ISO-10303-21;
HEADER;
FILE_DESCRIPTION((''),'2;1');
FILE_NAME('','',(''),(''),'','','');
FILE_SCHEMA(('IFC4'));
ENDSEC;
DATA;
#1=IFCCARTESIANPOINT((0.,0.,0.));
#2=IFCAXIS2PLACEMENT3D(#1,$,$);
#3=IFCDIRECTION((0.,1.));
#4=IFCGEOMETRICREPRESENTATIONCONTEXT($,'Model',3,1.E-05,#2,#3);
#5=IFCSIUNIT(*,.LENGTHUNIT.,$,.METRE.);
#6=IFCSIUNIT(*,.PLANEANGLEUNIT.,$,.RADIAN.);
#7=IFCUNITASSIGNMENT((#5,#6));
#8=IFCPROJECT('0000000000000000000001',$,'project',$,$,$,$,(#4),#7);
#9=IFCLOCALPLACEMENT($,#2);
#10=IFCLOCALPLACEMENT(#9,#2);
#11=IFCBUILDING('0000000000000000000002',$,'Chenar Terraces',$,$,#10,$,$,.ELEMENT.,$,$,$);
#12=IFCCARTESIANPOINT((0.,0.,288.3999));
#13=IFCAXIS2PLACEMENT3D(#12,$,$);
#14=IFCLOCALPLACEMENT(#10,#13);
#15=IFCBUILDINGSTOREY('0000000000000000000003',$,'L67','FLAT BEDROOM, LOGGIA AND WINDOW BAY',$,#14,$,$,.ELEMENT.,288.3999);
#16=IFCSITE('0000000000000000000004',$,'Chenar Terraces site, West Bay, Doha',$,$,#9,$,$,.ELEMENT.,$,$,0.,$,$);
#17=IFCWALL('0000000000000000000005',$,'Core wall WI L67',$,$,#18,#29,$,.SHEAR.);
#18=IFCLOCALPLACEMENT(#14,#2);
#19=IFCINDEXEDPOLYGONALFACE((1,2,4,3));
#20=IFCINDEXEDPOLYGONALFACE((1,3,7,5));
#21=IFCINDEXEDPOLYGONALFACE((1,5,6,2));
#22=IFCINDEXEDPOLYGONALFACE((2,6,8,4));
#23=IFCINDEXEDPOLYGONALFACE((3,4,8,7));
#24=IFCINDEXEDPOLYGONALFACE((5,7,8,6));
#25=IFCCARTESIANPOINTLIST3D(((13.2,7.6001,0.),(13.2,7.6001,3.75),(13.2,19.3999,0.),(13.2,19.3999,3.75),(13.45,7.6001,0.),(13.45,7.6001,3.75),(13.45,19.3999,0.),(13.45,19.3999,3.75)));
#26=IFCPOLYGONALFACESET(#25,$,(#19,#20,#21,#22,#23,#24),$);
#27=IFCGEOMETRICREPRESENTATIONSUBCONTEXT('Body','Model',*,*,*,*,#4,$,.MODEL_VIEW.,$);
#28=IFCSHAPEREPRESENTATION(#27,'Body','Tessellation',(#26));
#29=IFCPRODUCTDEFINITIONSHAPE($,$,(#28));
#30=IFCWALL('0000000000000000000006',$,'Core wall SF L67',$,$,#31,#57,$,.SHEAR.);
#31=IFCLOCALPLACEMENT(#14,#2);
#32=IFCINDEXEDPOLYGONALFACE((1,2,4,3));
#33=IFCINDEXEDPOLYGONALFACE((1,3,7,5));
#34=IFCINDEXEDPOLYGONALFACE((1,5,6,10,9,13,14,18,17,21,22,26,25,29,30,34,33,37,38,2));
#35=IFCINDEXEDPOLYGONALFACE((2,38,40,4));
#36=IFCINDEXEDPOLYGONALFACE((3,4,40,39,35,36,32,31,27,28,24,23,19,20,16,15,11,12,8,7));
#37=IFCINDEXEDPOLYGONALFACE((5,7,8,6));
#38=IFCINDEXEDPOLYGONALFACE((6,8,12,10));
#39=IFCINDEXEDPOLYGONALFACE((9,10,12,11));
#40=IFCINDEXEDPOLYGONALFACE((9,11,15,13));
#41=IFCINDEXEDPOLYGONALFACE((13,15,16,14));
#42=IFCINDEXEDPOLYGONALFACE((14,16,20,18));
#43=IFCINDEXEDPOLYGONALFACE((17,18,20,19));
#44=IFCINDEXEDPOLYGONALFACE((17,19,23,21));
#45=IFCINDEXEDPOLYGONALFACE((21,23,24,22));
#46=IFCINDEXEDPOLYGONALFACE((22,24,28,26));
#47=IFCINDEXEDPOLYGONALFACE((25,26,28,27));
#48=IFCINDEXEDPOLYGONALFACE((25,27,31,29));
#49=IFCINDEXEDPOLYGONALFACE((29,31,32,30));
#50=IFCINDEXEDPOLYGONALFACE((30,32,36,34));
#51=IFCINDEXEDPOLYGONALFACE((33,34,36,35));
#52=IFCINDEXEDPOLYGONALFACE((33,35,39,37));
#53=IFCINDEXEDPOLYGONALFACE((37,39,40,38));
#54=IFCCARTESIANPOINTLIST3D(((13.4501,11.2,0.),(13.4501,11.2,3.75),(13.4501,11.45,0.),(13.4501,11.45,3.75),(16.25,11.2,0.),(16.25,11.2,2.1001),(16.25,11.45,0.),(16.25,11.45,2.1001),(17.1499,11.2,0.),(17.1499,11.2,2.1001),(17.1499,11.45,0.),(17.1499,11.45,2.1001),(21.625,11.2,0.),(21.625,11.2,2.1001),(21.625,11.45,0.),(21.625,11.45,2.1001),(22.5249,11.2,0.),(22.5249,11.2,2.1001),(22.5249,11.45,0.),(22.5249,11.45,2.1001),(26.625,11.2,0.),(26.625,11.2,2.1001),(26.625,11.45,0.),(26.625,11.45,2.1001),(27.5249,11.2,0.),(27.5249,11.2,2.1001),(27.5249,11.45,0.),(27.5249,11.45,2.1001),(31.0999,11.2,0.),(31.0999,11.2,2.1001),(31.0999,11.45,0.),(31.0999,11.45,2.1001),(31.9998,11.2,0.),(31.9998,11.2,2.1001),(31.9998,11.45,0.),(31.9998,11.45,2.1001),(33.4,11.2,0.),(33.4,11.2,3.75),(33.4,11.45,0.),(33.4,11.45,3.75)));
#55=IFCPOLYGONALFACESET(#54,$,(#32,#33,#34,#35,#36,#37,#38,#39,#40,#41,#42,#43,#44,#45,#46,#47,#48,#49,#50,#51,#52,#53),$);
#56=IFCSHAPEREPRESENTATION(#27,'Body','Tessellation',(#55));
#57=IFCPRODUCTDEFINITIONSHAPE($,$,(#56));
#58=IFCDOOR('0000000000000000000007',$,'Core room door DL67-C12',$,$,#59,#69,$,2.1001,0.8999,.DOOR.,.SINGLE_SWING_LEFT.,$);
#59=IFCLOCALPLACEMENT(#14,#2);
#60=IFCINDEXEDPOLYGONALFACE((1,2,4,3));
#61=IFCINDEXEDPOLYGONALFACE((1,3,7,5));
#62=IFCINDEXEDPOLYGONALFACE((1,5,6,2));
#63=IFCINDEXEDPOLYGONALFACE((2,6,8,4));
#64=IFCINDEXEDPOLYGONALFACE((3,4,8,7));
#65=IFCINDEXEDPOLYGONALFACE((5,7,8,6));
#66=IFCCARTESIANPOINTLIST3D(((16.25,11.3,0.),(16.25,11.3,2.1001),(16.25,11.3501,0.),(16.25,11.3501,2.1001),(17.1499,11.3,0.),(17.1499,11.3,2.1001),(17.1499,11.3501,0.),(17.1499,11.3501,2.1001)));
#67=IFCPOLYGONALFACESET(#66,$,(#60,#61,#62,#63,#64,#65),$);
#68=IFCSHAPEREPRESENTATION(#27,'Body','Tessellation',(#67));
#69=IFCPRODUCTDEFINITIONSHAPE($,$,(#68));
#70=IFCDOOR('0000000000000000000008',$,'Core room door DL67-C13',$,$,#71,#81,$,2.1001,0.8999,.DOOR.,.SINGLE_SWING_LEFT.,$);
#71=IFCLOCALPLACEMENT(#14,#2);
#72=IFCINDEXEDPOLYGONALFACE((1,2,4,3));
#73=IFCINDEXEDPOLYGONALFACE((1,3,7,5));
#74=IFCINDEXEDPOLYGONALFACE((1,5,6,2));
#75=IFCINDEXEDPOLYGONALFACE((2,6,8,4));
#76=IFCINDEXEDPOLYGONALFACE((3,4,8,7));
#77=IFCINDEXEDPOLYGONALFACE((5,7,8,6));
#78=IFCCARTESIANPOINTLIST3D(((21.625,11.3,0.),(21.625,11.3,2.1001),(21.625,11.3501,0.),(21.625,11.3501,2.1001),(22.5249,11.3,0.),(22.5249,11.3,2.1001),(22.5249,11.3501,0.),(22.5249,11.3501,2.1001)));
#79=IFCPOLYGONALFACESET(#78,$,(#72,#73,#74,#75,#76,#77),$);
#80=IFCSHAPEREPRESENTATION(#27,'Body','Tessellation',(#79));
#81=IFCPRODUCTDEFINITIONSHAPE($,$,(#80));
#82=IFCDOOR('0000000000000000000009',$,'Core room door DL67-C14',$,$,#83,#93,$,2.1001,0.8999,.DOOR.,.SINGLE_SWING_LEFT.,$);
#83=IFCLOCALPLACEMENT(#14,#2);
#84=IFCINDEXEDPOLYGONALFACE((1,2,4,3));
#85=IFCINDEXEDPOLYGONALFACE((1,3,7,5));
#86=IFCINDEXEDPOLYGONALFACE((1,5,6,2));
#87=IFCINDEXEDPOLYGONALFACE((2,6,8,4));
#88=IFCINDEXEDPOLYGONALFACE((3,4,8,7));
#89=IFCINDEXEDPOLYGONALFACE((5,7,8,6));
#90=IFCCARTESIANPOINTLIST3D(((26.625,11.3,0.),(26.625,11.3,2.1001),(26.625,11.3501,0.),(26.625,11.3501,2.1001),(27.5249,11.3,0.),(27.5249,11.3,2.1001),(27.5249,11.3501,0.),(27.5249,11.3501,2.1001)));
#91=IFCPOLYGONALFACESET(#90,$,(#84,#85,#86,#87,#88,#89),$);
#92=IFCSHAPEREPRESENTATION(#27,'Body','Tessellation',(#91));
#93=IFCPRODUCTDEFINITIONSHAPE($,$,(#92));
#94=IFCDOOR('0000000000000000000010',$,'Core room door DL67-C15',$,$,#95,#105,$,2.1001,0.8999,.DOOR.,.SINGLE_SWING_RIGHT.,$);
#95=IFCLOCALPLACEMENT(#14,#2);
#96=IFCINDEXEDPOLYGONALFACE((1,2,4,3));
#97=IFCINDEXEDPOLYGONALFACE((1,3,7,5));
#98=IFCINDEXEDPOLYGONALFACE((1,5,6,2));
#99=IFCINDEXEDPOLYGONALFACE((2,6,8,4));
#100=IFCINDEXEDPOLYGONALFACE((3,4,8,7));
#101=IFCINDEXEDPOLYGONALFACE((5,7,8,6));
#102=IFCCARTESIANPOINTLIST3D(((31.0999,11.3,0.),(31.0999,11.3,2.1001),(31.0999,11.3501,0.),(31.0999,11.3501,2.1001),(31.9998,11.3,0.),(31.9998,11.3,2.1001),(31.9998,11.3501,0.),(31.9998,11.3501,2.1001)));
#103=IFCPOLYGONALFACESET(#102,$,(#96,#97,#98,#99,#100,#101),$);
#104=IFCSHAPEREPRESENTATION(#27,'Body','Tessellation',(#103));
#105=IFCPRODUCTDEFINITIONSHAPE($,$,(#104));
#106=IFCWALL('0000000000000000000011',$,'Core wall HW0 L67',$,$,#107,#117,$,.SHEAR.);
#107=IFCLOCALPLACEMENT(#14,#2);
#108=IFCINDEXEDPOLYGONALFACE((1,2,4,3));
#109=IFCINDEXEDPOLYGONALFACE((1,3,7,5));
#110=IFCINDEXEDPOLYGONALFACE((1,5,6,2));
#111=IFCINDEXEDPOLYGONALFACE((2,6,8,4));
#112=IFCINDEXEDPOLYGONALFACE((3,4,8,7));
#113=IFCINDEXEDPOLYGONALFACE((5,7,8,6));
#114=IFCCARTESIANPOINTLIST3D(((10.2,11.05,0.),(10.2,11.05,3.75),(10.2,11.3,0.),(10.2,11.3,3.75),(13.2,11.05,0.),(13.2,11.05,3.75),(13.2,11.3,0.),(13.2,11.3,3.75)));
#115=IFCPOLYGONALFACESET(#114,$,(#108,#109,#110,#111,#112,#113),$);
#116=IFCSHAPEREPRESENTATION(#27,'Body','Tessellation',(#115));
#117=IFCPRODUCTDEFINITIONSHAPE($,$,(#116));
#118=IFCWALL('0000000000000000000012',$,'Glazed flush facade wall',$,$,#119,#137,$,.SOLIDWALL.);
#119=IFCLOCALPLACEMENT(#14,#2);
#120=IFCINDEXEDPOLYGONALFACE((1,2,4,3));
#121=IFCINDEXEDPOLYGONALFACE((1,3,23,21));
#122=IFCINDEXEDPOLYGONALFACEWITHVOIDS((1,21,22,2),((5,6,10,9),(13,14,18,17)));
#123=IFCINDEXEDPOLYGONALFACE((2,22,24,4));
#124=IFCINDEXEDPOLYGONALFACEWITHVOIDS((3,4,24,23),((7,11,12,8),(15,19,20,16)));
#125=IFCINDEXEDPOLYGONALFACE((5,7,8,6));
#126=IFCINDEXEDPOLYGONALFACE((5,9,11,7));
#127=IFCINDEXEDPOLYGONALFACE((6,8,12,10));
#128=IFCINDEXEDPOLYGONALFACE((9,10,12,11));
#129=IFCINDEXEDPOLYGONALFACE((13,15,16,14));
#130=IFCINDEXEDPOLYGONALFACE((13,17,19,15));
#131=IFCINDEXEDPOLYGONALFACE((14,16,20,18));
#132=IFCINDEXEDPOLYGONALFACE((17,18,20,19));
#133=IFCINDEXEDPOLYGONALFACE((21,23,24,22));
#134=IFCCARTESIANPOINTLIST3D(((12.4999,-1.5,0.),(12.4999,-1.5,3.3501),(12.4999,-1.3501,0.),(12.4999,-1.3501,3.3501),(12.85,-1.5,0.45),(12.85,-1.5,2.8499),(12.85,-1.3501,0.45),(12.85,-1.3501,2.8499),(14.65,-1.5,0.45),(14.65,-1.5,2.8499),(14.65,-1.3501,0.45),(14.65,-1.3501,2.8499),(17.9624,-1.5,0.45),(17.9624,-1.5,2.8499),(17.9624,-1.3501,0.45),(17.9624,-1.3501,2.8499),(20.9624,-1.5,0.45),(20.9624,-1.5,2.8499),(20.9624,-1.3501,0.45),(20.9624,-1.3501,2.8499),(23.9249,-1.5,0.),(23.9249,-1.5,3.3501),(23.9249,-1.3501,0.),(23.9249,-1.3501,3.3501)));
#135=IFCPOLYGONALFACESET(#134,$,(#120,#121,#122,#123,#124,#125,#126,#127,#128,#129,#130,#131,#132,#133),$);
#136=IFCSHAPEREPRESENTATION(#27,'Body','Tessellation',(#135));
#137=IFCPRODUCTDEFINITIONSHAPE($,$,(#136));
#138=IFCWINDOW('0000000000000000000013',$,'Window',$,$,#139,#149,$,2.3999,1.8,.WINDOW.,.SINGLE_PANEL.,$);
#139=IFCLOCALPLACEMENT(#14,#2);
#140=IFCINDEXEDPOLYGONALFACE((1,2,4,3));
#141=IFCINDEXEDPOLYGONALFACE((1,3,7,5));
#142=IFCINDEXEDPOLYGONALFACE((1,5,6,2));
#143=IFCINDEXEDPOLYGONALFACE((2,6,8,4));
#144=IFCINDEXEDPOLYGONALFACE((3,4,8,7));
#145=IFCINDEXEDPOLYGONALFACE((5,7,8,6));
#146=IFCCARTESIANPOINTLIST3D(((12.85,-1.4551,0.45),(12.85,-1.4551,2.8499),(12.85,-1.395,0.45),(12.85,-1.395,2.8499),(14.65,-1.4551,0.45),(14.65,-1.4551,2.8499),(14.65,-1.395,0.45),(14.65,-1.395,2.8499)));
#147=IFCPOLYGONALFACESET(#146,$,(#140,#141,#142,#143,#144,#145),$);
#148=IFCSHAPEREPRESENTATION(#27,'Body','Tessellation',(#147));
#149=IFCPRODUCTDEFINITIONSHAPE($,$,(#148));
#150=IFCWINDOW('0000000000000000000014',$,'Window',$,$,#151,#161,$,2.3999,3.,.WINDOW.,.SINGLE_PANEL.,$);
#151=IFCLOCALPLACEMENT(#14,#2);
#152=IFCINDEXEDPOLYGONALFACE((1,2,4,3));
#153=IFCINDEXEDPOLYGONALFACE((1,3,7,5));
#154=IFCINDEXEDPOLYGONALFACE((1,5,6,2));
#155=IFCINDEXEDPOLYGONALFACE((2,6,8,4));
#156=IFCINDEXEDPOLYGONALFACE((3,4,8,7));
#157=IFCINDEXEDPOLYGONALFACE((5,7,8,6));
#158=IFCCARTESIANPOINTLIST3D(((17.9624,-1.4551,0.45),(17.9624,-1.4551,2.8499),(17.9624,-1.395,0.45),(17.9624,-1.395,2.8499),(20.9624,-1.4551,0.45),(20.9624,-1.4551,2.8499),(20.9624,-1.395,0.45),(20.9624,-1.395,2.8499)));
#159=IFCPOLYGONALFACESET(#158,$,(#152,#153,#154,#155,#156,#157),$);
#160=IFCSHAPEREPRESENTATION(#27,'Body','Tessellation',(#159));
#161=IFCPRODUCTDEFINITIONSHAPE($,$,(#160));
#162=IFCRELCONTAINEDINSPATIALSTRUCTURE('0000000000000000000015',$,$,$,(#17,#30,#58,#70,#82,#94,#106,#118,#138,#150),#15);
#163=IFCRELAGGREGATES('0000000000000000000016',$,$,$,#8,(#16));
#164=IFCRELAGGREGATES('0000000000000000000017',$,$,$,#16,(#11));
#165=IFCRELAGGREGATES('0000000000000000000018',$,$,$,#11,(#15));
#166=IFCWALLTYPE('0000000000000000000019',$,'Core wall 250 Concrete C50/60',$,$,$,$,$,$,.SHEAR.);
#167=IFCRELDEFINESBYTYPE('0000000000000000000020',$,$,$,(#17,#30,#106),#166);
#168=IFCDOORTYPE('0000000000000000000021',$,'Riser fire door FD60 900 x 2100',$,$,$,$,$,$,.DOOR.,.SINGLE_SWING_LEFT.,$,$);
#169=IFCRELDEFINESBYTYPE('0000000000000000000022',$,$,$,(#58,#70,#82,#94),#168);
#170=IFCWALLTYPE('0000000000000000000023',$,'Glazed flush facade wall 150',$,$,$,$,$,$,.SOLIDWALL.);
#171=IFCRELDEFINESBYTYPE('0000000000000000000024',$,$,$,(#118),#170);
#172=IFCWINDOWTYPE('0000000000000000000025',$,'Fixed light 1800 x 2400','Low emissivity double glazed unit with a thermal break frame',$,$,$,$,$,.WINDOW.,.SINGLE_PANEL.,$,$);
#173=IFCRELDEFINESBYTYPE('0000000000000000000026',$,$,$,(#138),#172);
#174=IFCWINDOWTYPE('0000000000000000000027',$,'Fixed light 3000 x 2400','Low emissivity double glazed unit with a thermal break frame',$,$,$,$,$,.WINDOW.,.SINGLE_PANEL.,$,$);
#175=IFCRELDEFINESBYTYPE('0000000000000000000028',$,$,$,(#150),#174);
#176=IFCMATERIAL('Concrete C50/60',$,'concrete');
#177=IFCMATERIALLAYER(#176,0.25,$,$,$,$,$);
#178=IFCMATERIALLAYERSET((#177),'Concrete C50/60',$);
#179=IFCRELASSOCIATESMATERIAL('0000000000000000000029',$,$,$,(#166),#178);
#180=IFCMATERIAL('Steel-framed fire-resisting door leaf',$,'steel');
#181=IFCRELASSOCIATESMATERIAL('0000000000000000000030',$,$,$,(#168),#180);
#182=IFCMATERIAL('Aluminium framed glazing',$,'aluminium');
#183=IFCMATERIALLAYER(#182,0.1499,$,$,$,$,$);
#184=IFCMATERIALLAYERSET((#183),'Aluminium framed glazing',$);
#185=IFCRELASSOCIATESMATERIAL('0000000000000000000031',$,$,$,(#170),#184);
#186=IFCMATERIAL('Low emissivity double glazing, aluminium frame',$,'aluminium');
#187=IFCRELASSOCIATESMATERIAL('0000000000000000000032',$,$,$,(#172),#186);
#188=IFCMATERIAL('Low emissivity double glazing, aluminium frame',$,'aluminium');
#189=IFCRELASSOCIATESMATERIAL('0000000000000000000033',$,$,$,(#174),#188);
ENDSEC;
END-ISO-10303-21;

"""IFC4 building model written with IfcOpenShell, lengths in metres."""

from ifc_helpers import new_model, si_unit, direction, frame, frame_2d, origin, place, context, subcontext, project, spatial, rectangle, extrude, material, layer, layer_set, type_object, element, fill, save


model = new_model("IFC4")

# Units and contexts
model_context = context("Model", 3, precision=1e-05, world=origin(), true_north=direction((0.0, 1.0)))
body_context = subcontext(model_context, "Body", "Model", "MODEL_VIEW")
ifc_project = project(units=[si_unit("LENGTHUNIT", "METRE"), si_unit("PLANEANGLEUNIT", "RADIAN")], contexts=[model_context])

# Site, building, storey
site_placement = place(None, origin())
site = spatial("IfcSite", under=ifc_project, at=site_placement, Name="Chenar Terraces site, West Bay, Doha", CompositionType="ELEMENT", RefElevation=0.0)
building_placement = place(site_placement, origin())
building = spatial("IfcBuilding", under=site, at=building_placement, Name="Chenar Terraces", CompositionType="ELEMENT")
storey_placement = place(building_placement, frame((0.0, 0.0, 288.3999)))
storey = spatial("IfcBuildingStorey", under=building, at=storey_placement, Name="L67", Description="FLAT BEDROOM, LOGGIA AND WINDOW BAY", CompositionType="ELEMENT", Elevation=288.3999)

# Wall
ifc_material_1 = material(Name="Concrete C50/60", Category="concrete")
ifc_layer_1 = layer(ifc_material_1, 0.25)
ifc_layer_set_1 = layer_set([ifc_layer_1], Name="Concrete C50/60")
wall_type_1 = type_object("IfcWallType", Name="Core wall 250 Concrete C50/60", PredefinedType="SHEAR", material=ifc_layer_set_1)
wall_1_placement = place(storey_placement, frame((13.325, 7.6001, 0.0), z_axis=(0.0, 0.0, 1.0), x_axis=(0.0, 1.0, 0.0)))
element("IfcWall", 1, at=wall_1_placement, inside=storey, type_object=wall_type_1, Name="Core wall WI L67", PredefinedType="SHEAR", context=body_context, shape_type="SweptSolid", body=[
    extrude(rectangle(XDim=11.7998, YDim=0.25, at=frame_2d((5.8999, 0.0))), origin(), (0.0, 0.0, 1.0), 3.75),
])

# Wall, openings, doors
wall_2_placement = place(storey_placement, frame((13.45, 11.325, 0.0), z_axis=(0.0, 0.0, 1.0), x_axis=(1.0, 0.0, 0.0)))
wall_2 = element("IfcWall", 2, at=wall_2_placement, inside=storey, type_object=wall_type_1, Name="Core wall SF L67", PredefinedType="SHEAR", context=body_context, shape_type="SweptSolid", body=[
    extrude(rectangle(XDim=19.95, YDim=0.25, at=frame_2d((9.9751, 0.0))), origin(), (0.0, 0.0, 1.0), 3.75),
])
opening_1_placement = place(wall_2_placement, frame((2.8, 0.0, 0.0)))
opening_1 = element("IfcOpeningElement", 3, at=opening_1_placement, cuts=wall_2, PredefinedType="OPENING", context=body_context, shape_type="SweptSolid", body=[
    extrude(rectangle(XDim=0.8999, YDim=2.1001, at=frame_2d((0.45, 1.05))), frame((0.0, 0.135, 0.0), z_axis=(0.0, -1.0, 0.0), x_axis=(1.0, 0.0, 0.0)), (0.0, 0.0, 1.0), 0.27),
])
opening_2_placement = place(wall_2_placement, frame((8.175, 0.0, 0.0)))
opening_2 = element("IfcOpeningElement", 4, at=opening_2_placement, cuts=wall_2, PredefinedType="OPENING", context=body_context, shape_type="SweptSolid", body=[
    extrude(rectangle(XDim=0.8999, YDim=2.1001, at=frame_2d((0.45, 1.05))), frame((0.0, 0.135, 0.0), z_axis=(0.0, -1.0, 0.0), x_axis=(1.0, 0.0, 0.0)), (0.0, 0.0, 1.0), 0.27),
])
opening_3_placement = place(wall_2_placement, frame((13.175, 0.0, 0.0)))
opening_3 = element("IfcOpeningElement", 5, at=opening_3_placement, cuts=wall_2, PredefinedType="OPENING", context=body_context, shape_type="SweptSolid", body=[
    extrude(rectangle(XDim=0.8999, YDim=2.1001, at=frame_2d((0.45, 1.05))), frame((0.0, 0.135, 0.0), z_axis=(0.0, -1.0, 0.0), x_axis=(1.0, 0.0, 0.0)), (0.0, 0.0, 1.0), 0.27),
])
opening_4_placement = place(wall_2_placement, frame((17.6499, 0.0, 0.0)))
opening_4 = element("IfcOpeningElement", 6, at=opening_4_placement, cuts=wall_2, PredefinedType="OPENING", context=body_context, shape_type="SweptSolid", body=[
    extrude(rectangle(XDim=0.8999, YDim=2.1001, at=frame_2d((0.45, 1.05))), frame((0.0, 0.135, 0.0), z_axis=(0.0, -1.0, 0.0), x_axis=(1.0, 0.0, 0.0)), (0.0, 0.0, 1.0), 0.27),
])
ifc_material_2 = material(Name="Steel-framed fire-resisting door leaf", Category="steel")
door_type_1 = type_object("IfcDoorType", Name="Riser fire door FD60 900 x 2100", OperationType="SINGLE_SWING_LEFT", PredefinedType="DOOR", material=ifc_material_2)
door_1_placement = place(opening_1_placement, frame((0.8999, 0.0, 0.0), z_axis=(0.0, 0.0, 1.0), x_axis=(-1.0, 0.0, 0.0)))
door_1 = element("IfcDoor", 7, at=door_1_placement, inside=storey, type_object=door_type_1, Name="Core room door DL67-C12", OperationType="SINGLE_SWING_LEFT", OverallHeight=2.1001, OverallWidth=0.8999, PredefinedType="DOOR", context=body_context, shape_type="SweptSolid", body=[
    extrude(rectangle(XDim=0.8999, YDim=2.1001, at=frame_2d((0.45, 1.05))), frame((0.0, 0.0249, 0.0), z_axis=(0.0, -1.0, 0.0), x_axis=(1.0, 0.0, 0.0)), (0.0, 0.0, 1.0), 0.05),
])
fill(opening_1, door_1)
door_2_placement = place(opening_2_placement, frame((0.8999, 0.0, 0.0), z_axis=(0.0, 0.0, 1.0), x_axis=(-1.0, 0.0, 0.0)))
door_2 = element("IfcDoor", 8, at=door_2_placement, inside=storey, type_object=door_type_1, Name="Core room door DL67-C13", OperationType="SINGLE_SWING_LEFT", OverallHeight=2.1001, OverallWidth=0.8999, PredefinedType="DOOR", context=body_context, shape_type="SweptSolid", body=[
    extrude(rectangle(XDim=0.8999, YDim=2.1001, at=frame_2d((0.45, 1.05))), frame((0.0, 0.0249, 0.0), z_axis=(0.0, -1.0, 0.0), x_axis=(1.0, 0.0, 0.0)), (0.0, 0.0, 1.0), 0.05),
])
fill(opening_2, door_2)
door_3_placement = place(opening_3_placement, frame((0.8999, 0.0, 0.0), z_axis=(0.0, 0.0, 1.0), x_axis=(-1.0, 0.0, 0.0)))
door_3 = element("IfcDoor", 9, at=door_3_placement, inside=storey, type_object=door_type_1, Name="Core room door DL67-C14", OperationType="SINGLE_SWING_LEFT", OverallHeight=2.1001, OverallWidth=0.8999, PredefinedType="DOOR", context=body_context, shape_type="SweptSolid", body=[
    extrude(rectangle(XDim=0.8999, YDim=2.1001, at=frame_2d((0.45, 1.05))), frame((0.0, 0.0249, 0.0), z_axis=(0.0, -1.0, 0.0), x_axis=(1.0, 0.0, 0.0)), (0.0, 0.0, 1.0), 0.05),
])
fill(opening_3, door_3)
door_4_placement = place(opening_4_placement, frame((0.8999, 0.0, 0.0), z_axis=(0.0, 0.0, 1.0), x_axis=(-1.0, 0.0, 0.0)))
door_4 = element("IfcDoor", 10, at=door_4_placement, inside=storey, type_object=door_type_1, Name="Core room door DL67-C15", OperationType="SINGLE_SWING_RIGHT", OverallHeight=2.1001, OverallWidth=0.8999, PredefinedType="DOOR", context=body_context, shape_type="SweptSolid", body=[
    extrude(rectangle(XDim=0.8999, YDim=2.1001, at=frame_2d((0.45, 1.05))), frame((0.0, 0.0249, 0.0), z_axis=(0.0, -1.0, 0.0), x_axis=(1.0, 0.0, 0.0)), (0.0, 0.0, 1.0), 0.05),
])
fill(opening_4, door_4)

# Wall
wall_3_placement = place(storey_placement, frame((10.2, 11.175, 0.0), z_axis=(0.0, 0.0, 1.0), x_axis=(1.0, 0.0, 0.0)))
element("IfcWall", 11, at=wall_3_placement, inside=storey, type_object=wall_type_1, Name="Core wall HW0 L67", PredefinedType="SHEAR", context=body_context, shape_type="SweptSolid", body=[
    extrude(rectangle(XDim=3.0, YDim=0.25, at=frame_2d((1.5, 0.0))), origin(), (0.0, 0.0, 1.0), 3.75),
])

# Wall, openings, windows
ifc_material_3 = material(Name="Aluminium framed glazing", Category="aluminium")
ifc_layer_2 = layer(ifc_material_3, 0.1499)
ifc_layer_set_2 = layer_set([ifc_layer_2], Name="Aluminium framed glazing")
wall_type_2 = type_object("IfcWallType", Name="Glazed flush facade wall 150", PredefinedType="SOLIDWALL", material=ifc_layer_set_2)
wall_4_placement = place(storey_placement, frame((12.5, -1.425, 0.0), z_axis=(0.0, 0.0, 1.0), x_axis=(1.0, 0.0, 0.0)))
wall_4 = element("IfcWall", 12, at=wall_4_placement, inside=storey, type_object=wall_type_2, Name="Glazed flush facade wall", PredefinedType="SOLIDWALL", context=body_context, shape_type="SweptSolid", body=[
    extrude(rectangle(XDim=11.425, YDim=0.1499, at=frame_2d((5.7124, 0.0))), origin(), (0.0, 0.0, 1.0), 3.3501),
])
opening_5_placement = place(wall_4_placement, frame((0.3501, 0.0, 0.45)))
opening_5 = element("IfcOpeningElement", 13, at=opening_5_placement, cuts=wall_4, PredefinedType="OPENING", context=body_context, shape_type="SweptSolid", body=[
    extrude(rectangle(XDim=1.8, YDim=2.3999, at=frame_2d((0.8999, 1.2))), frame((0.0, 0.085, 0.0), z_axis=(0.0, -1.0, 0.0), x_axis=(1.0, 0.0, 0.0)), (0.0, 0.0, 1.0), 0.1699),
])
opening_6_placement = place(wall_4_placement, frame((5.4624, 0.0, 0.45)))
opening_6 = element("IfcOpeningElement", 14, at=opening_6_placement, cuts=wall_4, PredefinedType="OPENING", context=body_context, shape_type="SweptSolid", body=[
    extrude(rectangle(XDim=3.0, YDim=2.3999, at=frame_2d((1.5, 1.2))), frame((0.0, 0.085, 0.0), z_axis=(0.0, -1.0, 0.0), x_axis=(1.0, 0.0, 0.0)), (0.0, 0.0, 1.0), 0.1699),
])
ifc_material_4 = material(Name="Low emissivity double glazing, aluminium frame", Category="aluminium")
window_type_1 = type_object("IfcWindowType", Name="Fixed light 1800 x 2400", Description="Low emissivity double glazed unit with a thermal break frame", PartitioningType="SINGLE_PANEL", PredefinedType="WINDOW", material=ifc_material_4)
window_1_placement = place(opening_5_placement, origin())
window_1 = element("IfcWindow", 15, at=window_1_placement, inside=storey, type_object=window_type_1, Name="Window", OverallHeight=2.3999, OverallWidth=1.8, PartitioningType="SINGLE_PANEL", PredefinedType="WINDOW", context=body_context, shape_type="SweptSolid", body=[
    extrude(rectangle(XDim=1.8, YDim=2.3999, at=frame_2d((0.8999, 1.2))), frame((0.0, 0.03, 0.0), z_axis=(0.0, -1.0, 0.0), x_axis=(1.0, 0.0, 0.0)), (0.0, 0.0, 1.0), 0.0601),
])
fill(opening_5, window_1)
ifc_material_5 = material(Name="Low emissivity double glazing, aluminium frame", Category="aluminium")
window_type_2 = type_object("IfcWindowType", Name="Fixed light 3000 x 2400", Description="Low emissivity double glazed unit with a thermal break frame", PartitioningType="SINGLE_PANEL", PredefinedType="WINDOW", material=ifc_material_5)
window_2_placement = place(opening_6_placement, origin())
window_2 = element("IfcWindow", 16, at=window_2_placement, inside=storey, type_object=window_type_2, Name="Window", OverallHeight=2.3999, OverallWidth=3.0, PartitioningType="SINGLE_PANEL", PredefinedType="WINDOW", context=body_context, shape_type="SweptSolid", body=[
    extrude(rectangle(XDim=3.0, YDim=2.3999, at=frame_2d((1.5, 1.2))), frame((0.0, 0.03, 0.0), z_axis=(0.0, -1.0, 0.0), x_axis=(1.0, 0.0, 0.0)), (0.0, 0.0, 1.0), 0.0601),
])
fill(opening_6, window_2)

save(model, "model.ifc")
